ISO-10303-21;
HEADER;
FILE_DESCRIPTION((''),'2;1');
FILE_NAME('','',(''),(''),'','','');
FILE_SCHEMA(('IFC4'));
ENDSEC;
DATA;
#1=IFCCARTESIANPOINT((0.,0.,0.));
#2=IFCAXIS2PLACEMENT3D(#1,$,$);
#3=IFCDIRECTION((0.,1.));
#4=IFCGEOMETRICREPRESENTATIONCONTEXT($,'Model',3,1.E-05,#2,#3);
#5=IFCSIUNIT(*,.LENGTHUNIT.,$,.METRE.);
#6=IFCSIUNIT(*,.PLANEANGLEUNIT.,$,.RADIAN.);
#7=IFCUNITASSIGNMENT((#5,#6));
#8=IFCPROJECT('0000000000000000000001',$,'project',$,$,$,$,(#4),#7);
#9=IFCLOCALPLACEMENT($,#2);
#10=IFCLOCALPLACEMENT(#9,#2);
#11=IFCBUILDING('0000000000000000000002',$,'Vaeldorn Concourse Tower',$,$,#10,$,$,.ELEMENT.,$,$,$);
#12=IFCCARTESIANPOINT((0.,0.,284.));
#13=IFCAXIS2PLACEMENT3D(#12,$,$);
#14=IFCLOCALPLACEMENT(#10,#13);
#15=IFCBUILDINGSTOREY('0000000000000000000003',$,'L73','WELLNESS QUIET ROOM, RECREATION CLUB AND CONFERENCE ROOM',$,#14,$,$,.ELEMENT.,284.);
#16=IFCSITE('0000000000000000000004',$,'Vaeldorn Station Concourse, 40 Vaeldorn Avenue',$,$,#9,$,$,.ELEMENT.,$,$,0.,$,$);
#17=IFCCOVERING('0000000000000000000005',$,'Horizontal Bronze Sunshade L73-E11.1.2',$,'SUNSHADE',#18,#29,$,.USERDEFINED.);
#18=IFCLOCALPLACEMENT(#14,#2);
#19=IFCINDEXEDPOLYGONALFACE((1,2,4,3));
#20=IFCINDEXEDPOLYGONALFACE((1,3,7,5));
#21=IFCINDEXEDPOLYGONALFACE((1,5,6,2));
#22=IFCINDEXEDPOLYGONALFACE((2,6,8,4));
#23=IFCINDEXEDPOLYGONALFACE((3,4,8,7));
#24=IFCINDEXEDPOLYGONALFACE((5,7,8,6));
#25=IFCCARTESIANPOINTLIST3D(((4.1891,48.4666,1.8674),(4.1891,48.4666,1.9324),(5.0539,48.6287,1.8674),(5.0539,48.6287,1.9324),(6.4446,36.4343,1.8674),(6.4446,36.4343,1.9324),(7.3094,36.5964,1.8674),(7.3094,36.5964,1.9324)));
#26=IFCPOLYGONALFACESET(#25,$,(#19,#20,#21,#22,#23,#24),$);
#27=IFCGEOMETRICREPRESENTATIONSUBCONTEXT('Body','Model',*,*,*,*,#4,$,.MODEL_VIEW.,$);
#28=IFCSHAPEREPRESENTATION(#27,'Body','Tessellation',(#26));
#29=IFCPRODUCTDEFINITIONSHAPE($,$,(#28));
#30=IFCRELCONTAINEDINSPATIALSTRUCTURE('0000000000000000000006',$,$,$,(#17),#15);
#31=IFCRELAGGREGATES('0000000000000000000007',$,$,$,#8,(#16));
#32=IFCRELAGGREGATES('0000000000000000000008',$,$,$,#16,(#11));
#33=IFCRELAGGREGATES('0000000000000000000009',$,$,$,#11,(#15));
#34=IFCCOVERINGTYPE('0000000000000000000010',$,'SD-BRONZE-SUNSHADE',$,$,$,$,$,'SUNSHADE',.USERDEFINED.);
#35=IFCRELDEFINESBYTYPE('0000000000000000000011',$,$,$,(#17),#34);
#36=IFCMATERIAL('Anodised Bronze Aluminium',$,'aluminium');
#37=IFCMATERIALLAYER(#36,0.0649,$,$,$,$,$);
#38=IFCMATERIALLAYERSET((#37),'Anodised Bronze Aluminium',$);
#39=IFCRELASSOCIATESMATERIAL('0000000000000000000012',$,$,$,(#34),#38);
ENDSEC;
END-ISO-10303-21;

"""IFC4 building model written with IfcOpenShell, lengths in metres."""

from ifc_helpers import new_model, si_unit, direction, frame, origin, origin_2d, place, context, subcontext, project, spatial, rectangle, extrude, source, transform, mapped, material, layer, layer_set, type_object, element, save


model = new_model("IFC4")

# Units and contexts
model_context = context("Model", 3, precision=1e-05, world=origin(), true_north=direction((0.0, 1.0)))
body_context = subcontext(model_context, "Body", "Model", "MODEL_VIEW")
ifc_project = project(units=[si_unit("LENGTHUNIT", "METRE"), si_unit("PLANEANGLEUNIT", "RADIAN")], contexts=[model_context])

# Site, building, storey
site_placement = place(None, origin())
site = spatial("IfcSite", under=ifc_project, at=site_placement, Name="Vaeldorn Station Concourse, 40 Vaeldorn Avenue", CompositionType="ELEMENT", RefElevation=0.0)
building_placement = place(site_placement, origin())
building = spatial("IfcBuilding", under=site, at=building_placement, Name="Vaeldorn Concourse Tower", CompositionType="ELEMENT")
storey_placement = place(building_placement, frame((0.0, 0.0, 284.0)))
storey = spatial("IfcBuildingStorey", under=building, at=storey_placement, Name="L73", Description="WELLNESS QUIET ROOM, RECREATION CLUB AND CONFERENCE ROOM", CompositionType="ELEMENT", Elevation=284.0)

# Shared definitions
ifc_material_1 = material(Name="Anodised Bronze Aluminium", Category="aluminium")

# Covering
ifc_layer_1 = layer(ifc_material_1, 0.0649)
ifc_layer_set_1 = layer_set([ifc_layer_1], Name="Anodised Bronze Aluminium")
covering_type = type_object("IfcCoveringType", Name="SD-BRONZE-SUNSHADE", ElementType="SUNSHADE", PredefinedType="USERDEFINED", material=ifc_layer_set_1)
shared_shape_1 = source(origin(), body_context, "Body", "SweptSolid", [
    extrude(rectangle(XDim=12.2419, YDim=0.8799, at=origin_2d()), origin(), (0.0, 0.0, 1.0), 0.0649),
])
for number, where, z_axis, x_axis, name in (
    (1, (5.7493, 42.5315, 1.8674), (0.0, 0.0, 1.0), (0.184243, -0.982881, 0.0), "Horizontal Bronze Sunshade L73-E11.1.2"),
):
    element("IfcCovering", number, at=place(storey_placement, frame(where, z_axis=z_axis, x_axis=x_axis)), inside=storey, type_object=covering_type, Name=name, ObjectType="SUNSHADE", PredefinedType="USERDEFINED", context=body_context, shape_type="MappedRepresentation", body=[
        mapped(shared_shape_1, transform((0.0, 0.0, 0.0), scale=1.0)),
    ])

save(model, "model.ifc")
